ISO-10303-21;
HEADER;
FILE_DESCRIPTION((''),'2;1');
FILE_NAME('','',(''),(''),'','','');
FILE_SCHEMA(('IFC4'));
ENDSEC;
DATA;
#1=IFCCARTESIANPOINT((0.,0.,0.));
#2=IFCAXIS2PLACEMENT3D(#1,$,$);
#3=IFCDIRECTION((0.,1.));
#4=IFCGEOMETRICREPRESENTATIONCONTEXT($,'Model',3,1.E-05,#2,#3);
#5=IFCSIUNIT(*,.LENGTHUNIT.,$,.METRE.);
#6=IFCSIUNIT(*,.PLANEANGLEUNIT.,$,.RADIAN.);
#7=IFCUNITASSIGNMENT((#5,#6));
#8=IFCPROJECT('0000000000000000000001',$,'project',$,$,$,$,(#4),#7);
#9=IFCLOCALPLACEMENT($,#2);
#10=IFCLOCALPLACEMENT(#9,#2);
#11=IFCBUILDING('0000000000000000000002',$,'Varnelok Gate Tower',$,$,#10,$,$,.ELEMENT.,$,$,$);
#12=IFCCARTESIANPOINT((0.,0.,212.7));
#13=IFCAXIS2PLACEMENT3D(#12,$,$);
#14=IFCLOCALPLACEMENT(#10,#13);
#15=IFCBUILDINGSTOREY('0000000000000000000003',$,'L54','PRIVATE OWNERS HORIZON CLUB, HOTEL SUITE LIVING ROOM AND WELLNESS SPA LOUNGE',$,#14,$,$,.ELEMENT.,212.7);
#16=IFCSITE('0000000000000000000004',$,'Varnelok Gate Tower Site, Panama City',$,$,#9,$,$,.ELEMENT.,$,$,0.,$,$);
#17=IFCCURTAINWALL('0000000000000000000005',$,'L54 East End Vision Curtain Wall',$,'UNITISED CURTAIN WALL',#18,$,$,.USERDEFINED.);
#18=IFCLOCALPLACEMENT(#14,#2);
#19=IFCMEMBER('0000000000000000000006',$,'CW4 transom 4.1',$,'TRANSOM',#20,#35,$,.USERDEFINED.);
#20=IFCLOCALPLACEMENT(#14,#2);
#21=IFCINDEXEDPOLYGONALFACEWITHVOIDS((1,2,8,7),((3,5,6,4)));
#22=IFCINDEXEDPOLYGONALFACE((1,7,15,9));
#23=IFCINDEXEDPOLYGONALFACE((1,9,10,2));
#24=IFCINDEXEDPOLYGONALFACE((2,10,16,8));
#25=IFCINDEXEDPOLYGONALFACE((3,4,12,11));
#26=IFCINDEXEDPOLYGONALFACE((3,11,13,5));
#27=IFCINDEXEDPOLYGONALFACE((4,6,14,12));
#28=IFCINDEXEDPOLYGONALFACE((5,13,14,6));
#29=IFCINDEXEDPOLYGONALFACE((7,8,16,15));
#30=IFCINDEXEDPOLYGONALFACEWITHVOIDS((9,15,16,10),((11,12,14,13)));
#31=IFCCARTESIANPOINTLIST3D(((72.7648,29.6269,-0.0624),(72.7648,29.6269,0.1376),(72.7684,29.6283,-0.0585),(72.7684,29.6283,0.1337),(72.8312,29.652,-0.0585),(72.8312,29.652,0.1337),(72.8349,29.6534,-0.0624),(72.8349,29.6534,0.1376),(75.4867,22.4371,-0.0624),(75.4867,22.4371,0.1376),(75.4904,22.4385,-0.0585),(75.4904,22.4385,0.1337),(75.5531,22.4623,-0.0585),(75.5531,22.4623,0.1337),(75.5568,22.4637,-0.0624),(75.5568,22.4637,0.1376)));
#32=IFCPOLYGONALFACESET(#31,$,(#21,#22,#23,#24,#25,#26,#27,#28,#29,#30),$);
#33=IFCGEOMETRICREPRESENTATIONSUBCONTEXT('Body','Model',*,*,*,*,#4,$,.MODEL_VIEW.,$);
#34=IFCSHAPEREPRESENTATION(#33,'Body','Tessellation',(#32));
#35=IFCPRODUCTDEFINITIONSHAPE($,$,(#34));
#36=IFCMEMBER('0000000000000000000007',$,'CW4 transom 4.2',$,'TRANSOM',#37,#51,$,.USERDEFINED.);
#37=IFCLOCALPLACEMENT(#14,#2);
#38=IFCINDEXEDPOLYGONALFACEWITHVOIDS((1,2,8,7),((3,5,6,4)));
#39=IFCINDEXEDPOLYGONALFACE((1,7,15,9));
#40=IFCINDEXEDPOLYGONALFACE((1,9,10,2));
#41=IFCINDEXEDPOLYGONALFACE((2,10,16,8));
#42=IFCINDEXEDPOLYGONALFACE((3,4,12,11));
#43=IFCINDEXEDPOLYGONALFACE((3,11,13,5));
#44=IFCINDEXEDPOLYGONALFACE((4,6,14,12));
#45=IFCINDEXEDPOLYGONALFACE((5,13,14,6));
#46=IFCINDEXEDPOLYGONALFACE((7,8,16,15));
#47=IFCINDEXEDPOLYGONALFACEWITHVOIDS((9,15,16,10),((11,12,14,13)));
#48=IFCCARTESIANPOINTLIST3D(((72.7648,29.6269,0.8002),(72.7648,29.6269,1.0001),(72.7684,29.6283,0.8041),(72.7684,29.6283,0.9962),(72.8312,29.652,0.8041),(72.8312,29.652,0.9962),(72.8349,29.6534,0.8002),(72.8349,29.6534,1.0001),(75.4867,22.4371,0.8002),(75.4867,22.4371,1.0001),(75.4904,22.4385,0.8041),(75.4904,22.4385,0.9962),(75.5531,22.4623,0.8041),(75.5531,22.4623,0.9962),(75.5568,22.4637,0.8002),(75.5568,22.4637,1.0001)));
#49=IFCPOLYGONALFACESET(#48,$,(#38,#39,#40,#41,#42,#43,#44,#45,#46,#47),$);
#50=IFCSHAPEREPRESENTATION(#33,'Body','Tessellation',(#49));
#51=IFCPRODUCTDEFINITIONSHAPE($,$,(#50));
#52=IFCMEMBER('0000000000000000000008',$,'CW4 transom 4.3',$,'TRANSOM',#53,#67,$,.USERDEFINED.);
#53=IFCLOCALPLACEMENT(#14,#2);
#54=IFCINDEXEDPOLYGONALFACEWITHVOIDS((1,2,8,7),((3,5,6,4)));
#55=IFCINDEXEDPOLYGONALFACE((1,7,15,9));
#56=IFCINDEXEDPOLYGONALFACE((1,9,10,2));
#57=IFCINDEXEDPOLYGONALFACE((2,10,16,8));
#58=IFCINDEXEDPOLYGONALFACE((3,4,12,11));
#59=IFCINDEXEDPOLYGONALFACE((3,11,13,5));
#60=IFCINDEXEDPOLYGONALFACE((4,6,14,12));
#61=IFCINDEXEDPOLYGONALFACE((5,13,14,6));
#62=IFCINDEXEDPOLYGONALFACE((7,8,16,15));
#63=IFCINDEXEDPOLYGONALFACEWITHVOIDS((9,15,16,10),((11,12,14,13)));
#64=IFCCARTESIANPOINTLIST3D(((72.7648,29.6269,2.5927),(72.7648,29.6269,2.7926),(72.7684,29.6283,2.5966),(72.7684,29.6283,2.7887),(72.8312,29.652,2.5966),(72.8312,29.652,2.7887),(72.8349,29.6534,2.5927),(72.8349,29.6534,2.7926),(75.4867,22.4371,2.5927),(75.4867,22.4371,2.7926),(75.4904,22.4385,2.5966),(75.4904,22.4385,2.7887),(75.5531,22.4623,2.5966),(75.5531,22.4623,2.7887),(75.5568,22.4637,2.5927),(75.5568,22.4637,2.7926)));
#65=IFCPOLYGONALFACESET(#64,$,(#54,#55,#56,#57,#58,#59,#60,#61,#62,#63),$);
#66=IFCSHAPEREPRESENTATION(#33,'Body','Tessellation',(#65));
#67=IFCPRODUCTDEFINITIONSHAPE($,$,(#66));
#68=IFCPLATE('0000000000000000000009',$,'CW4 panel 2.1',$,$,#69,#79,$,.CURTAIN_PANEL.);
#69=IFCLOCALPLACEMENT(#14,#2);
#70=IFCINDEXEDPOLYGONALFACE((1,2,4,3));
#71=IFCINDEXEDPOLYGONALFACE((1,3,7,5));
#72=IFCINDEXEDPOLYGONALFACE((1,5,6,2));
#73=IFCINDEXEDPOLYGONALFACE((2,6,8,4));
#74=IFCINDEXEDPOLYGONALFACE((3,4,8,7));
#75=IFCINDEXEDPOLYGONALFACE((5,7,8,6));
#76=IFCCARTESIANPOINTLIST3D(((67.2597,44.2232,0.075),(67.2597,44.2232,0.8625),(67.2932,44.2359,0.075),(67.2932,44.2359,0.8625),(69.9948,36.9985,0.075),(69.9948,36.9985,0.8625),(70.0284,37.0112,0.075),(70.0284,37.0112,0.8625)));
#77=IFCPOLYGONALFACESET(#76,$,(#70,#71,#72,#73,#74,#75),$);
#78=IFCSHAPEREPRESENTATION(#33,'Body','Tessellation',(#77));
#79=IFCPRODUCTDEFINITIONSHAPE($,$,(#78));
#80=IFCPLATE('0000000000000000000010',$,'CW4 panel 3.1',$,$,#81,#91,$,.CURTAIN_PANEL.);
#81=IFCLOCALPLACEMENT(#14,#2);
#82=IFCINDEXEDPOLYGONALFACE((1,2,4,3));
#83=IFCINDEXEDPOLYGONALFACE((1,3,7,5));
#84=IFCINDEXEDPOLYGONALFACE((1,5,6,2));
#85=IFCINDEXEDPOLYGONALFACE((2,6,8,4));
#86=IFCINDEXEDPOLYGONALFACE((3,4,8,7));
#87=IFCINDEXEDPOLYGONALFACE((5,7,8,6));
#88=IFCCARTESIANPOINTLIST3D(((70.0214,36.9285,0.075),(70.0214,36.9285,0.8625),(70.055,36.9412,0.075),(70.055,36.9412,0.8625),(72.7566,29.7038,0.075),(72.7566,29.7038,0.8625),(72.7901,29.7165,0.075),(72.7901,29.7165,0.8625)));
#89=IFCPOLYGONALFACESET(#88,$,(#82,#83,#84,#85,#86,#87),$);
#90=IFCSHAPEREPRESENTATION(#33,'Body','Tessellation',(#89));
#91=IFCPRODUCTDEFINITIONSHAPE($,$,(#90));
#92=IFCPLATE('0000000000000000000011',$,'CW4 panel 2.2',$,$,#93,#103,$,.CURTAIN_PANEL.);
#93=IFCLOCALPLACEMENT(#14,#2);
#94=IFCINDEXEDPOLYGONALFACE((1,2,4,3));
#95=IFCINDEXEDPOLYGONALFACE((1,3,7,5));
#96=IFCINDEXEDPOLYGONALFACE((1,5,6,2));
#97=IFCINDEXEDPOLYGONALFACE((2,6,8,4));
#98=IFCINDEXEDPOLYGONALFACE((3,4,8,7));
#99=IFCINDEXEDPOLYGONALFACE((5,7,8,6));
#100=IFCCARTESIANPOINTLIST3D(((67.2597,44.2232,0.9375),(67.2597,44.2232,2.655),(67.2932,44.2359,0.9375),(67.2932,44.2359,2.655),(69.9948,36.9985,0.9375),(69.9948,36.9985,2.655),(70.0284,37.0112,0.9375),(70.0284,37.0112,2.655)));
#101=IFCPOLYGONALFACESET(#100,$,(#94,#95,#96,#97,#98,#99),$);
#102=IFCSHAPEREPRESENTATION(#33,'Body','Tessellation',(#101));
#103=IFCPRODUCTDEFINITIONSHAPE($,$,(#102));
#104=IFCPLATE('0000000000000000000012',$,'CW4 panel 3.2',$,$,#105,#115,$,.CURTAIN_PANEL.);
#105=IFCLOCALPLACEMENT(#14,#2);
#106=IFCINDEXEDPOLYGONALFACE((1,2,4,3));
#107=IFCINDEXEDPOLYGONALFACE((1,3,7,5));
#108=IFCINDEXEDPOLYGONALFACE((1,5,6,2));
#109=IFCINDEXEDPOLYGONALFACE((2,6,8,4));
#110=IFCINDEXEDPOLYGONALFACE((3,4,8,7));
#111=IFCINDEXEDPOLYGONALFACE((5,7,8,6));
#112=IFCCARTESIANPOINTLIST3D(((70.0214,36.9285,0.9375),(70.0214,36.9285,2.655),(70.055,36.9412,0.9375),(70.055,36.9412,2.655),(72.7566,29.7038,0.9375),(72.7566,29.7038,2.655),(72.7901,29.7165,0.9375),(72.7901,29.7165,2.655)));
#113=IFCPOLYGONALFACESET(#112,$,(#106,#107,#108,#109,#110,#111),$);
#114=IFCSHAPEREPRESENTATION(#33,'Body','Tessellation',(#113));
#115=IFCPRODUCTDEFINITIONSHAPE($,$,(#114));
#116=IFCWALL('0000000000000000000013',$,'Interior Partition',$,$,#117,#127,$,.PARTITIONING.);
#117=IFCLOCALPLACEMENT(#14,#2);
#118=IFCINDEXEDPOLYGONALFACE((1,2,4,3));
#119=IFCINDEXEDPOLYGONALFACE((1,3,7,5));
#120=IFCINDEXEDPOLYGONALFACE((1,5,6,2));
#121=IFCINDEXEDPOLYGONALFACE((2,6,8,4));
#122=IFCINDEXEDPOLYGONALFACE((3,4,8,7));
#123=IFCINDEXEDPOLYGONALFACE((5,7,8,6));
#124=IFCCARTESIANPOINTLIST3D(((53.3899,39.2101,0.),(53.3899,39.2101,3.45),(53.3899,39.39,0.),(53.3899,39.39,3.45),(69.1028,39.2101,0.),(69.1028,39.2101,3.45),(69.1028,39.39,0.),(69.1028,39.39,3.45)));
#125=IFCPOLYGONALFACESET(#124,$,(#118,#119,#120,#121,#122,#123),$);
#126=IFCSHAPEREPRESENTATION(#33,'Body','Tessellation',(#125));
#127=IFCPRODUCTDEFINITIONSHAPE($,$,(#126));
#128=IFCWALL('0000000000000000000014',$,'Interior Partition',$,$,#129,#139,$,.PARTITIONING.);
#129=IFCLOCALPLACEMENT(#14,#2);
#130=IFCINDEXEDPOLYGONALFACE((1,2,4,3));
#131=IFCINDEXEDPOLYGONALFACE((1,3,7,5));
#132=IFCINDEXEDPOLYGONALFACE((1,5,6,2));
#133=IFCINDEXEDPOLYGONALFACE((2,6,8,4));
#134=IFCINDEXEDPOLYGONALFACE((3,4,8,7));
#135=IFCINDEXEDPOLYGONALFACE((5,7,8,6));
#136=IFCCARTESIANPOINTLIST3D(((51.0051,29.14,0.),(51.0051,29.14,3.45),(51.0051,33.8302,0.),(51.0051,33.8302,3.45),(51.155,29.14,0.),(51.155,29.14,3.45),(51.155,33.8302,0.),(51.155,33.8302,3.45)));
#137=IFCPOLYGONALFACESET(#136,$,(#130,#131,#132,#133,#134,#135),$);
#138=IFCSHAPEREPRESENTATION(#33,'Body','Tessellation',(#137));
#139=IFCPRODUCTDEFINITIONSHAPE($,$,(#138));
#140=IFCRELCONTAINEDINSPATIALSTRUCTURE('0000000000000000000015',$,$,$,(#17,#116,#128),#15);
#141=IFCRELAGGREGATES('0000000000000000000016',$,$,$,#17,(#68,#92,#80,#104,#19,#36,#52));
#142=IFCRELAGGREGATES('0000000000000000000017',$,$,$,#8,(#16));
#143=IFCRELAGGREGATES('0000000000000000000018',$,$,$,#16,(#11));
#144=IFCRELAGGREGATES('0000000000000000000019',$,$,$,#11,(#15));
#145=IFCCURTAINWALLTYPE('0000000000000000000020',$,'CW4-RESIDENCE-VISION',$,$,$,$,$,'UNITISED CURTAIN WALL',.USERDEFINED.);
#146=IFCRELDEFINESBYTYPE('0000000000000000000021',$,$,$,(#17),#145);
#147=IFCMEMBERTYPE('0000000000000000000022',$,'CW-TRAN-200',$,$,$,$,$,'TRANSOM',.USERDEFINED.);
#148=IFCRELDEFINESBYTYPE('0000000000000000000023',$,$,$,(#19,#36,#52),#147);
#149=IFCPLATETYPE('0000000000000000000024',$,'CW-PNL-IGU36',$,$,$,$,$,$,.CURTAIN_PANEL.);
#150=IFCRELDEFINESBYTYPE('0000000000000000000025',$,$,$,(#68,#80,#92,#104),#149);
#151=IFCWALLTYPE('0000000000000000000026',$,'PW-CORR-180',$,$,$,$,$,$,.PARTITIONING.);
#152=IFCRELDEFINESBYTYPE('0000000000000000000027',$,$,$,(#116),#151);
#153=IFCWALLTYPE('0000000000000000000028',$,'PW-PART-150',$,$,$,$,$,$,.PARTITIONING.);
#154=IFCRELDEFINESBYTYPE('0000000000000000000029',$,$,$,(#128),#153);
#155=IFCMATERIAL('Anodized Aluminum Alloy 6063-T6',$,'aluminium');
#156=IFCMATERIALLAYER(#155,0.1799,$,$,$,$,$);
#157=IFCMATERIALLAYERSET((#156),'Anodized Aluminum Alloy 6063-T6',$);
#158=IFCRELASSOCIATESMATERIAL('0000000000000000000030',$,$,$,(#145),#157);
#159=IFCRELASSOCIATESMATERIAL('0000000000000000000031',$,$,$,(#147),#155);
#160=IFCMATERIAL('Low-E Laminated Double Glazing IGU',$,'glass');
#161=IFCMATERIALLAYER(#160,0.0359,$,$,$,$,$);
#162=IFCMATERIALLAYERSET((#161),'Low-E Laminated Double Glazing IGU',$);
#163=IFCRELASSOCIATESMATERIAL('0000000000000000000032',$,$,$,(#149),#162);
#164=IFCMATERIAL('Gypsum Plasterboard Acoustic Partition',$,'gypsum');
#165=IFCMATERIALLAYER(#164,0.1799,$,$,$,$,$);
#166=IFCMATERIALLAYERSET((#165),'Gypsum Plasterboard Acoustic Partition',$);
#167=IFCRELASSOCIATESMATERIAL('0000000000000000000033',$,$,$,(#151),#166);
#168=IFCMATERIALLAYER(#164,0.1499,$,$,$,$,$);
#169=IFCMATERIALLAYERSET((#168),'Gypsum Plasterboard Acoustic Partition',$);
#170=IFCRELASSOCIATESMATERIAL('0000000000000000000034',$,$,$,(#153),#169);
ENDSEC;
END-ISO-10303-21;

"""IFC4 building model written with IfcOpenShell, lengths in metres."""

from ifc_helpers import new_model, si_unit, direction, frame, frame_2d, origin, origin_2d, place, context, subcontext, project, spatial, rectangle, hollow_rectangle, extrude, source, transform, mapped, material, layer, layer_set, material_profile, profile_set, type_object, element, aggregate, save


model = new_model("IFC4")

# Units and contexts
model_context = context("Model", 3, precision=1e-05, world=origin(), true_north=direction((0.0, 1.0)))
body_context = subcontext(model_context, "Body", "Model", "MODEL_VIEW")
ifc_project = project(units=[si_unit("LENGTHUNIT", "METRE"), si_unit("PLANEANGLEUNIT", "RADIAN")], contexts=[model_context])

# Site, building, storey
site_placement = place(None, origin())
site = spatial("IfcSite", under=ifc_project, at=site_placement, Name="Varnelok Gate Tower Site, Panama City", CompositionType="ELEMENT", RefElevation=0.0)
building_placement = place(site_placement, origin())
building = spatial("IfcBuilding", under=site, at=building_placement, Name="Varnelok Gate Tower", CompositionType="ELEMENT")
storey_placement = place(building_placement, frame((0.0, 0.0, 212.7)))
storey = spatial("IfcBuildingStorey", under=building, at=storey_placement, Name="L54", Description="PRIVATE OWNERS HORIZON CLUB, HOTEL SUITE LIVING ROOM AND WELLNESS SPA LOUNGE", CompositionType="ELEMENT", Elevation=212.7)

# Curtain wall, members, plates
ifc_material_1 = material(Name="Anodized Aluminum Alloy 6063-T6", Category="aluminium")
ifc_layer_1 = layer(ifc_material_1, 0.1799)
ifc_layer_set_1 = layer_set([ifc_layer_1], Name="Anodized Aluminum Alloy 6063-T6")
curtain_wall_type = type_object("IfcCurtainWallType", Name="CW4-RESIDENCE-VISION", ElementType="UNITISED CURTAIN WALL", PredefinedType="USERDEFINED", material=ifc_layer_set_1)
curtain_wall_placement = place(storey_placement, origin())
curtain_wall = element("IfcCurtainWall", 1, at=curtain_wall_placement, inside=storey, type_object=curtain_wall_type, Name="L54 East End Vision Curtain Wall", ObjectType="UNITISED CURTAIN WALL", PredefinedType="USERDEFINED")
ifc_material_profile_1 = material_profile(ifc_material_1, hollow_rectangle(XDim=0.075, YDim=0.2, WallThickness=0.0039, at=origin_2d()), Name="ALU200X75X4")
ifc_profile_set_1 = profile_set([ifc_material_profile_1], Name="Anodized Aluminum Alloy 6063-T6")
member_type_1 = type_object("IfcMemberType", Name="CW-TRAN-200", ElementType="TRANSOM", PredefinedType="USERDEFINED", material=ifc_profile_set_1)
member_1_placement = place(storey_placement, frame((72.7998, 29.6401, 0.0376), z_axis=(0.354063, -0.935222, 0.0), x_axis=(0.935222, 0.354063, 0.0)))
member_1 = element("IfcMember", 2, at=member_1_placement, type_object=member_type_1, Name="CW4 transom 4.1", ObjectType="TRANSOM", PredefinedType="USERDEFINED", context=body_context, shape_type="SweptSolid", body=[
    extrude(hollow_rectangle(XDim=0.075, YDim=0.2, WallThickness=0.0039, at=origin_2d()), origin(), (0.0, 0.0, 1.0), 7.6877),
])
member_2_placement = place(storey_placement, frame((72.7998, 29.6401, 0.9001), z_axis=(0.354063, -0.935222, 0.0), x_axis=(0.935222, 0.354063, 0.0)))
member_2 = element("IfcMember", 3, at=member_2_placement, type_object=member_type_1, Name="CW4 transom 4.2", ObjectType="TRANSOM", PredefinedType="USERDEFINED", context=body_context, shape_type="SweptSolid", body=[
    extrude(hollow_rectangle(XDim=0.075, YDim=0.2, WallThickness=0.0039, at=origin_2d()), origin(), (0.0, 0.0, 1.0), 7.6877),
])
member_3_placement = place(storey_placement, frame((72.7998, 29.6401, 2.6926), z_axis=(0.354063, -0.935222, 0.0), x_axis=(0.935222, 0.354063, 0.0)))
member_3 = element("IfcMember", 4, at=member_3_placement, type_object=member_type_1, Name="CW4 transom 4.3", ObjectType="TRANSOM", PredefinedType="USERDEFINED", context=body_context, shape_type="SweptSolid", body=[
    extrude(hollow_rectangle(XDim=0.075, YDim=0.2, WallThickness=0.0039, at=origin_2d()), origin(), (0.0, 0.0, 1.0), 7.6877),
])
ifc_material_2 = material(Name="Low-E Laminated Double Glazing IGU", Category="glass")
ifc_layer_2 = layer(ifc_material_2, 0.0359)
ifc_layer_set_2 = layer_set([ifc_layer_2], Name="Low-E Laminated Double Glazing IGU")
plate_type = type_object("IfcPlateType", Name="CW-PNL-IGU36", PredefinedType="CURTAIN_PANEL", material=ifc_layer_set_2)
shared_shape_1 = source(origin(), body_context, "Body", "SweptSolid", [
    extrude(rectangle(XDim=7.7251, YDim=0.0359, at=origin_2d()), origin(), (0.0, 0.0, 1.0), 0.7876),
])
plate_1_placement = place(storey_placement, frame((68.644, 40.6172, 0.075), z_axis=(0.0, 0.0, 1.0), x_axis=(0.354063, -0.935222, 0.0)))
plate_1 = element("IfcPlate", 5, at=plate_1_placement, type_object=plate_type, Name="CW4 panel 2.1", PredefinedType="CURTAIN_PANEL", context=body_context, shape_type="MappedRepresentation", body=[
    mapped(shared_shape_1, transform((0.0, 0.0, 0.0), scale=1.0)),
])
plate_2_placement = place(storey_placement, frame((71.4058, 33.3225, 0.075), z_axis=(0.0, 0.0, 1.0), x_axis=(0.354063, -0.935222, 0.0)))
plate_2 = element("IfcPlate", 6, at=plate_2_placement, type_object=plate_type, Name="CW4 panel 3.1", PredefinedType="CURTAIN_PANEL", context=body_context, shape_type="MappedRepresentation", body=[
    mapped(shared_shape_1, transform((0.0, 0.0, 0.0), scale=1.0)),
])
shared_shape_2 = source(origin(), body_context, "Body", "SweptSolid", [
    extrude(rectangle(XDim=7.7251, YDim=0.0359, at=origin_2d()), origin(), (0.0, 0.0, 1.0), 1.7175),
])
plate_3_placement = place(storey_placement, frame((68.644, 40.6172, 0.9375), z_axis=(0.0, 0.0, 1.0), x_axis=(0.354063, -0.935222, 0.0)))
plate_3 = element("IfcPlate", 7, at=plate_3_placement, type_object=plate_type, Name="CW4 panel 2.2", PredefinedType="CURTAIN_PANEL", context=body_context, shape_type="MappedRepresentation", body=[
    mapped(shared_shape_2, transform((0.0, 0.0, 0.0), scale=1.0)),
])
plate_4_placement = place(storey_placement, frame((71.4058, 33.3225, 0.9375), z_axis=(0.0, 0.0, 1.0), x_axis=(0.354063, -0.935222, 0.0)))
plate_4 = element("IfcPlate", 8, at=plate_4_placement, type_object=plate_type, Name="CW4 panel 3.2", PredefinedType="CURTAIN_PANEL", context=body_context, shape_type="MappedRepresentation", body=[
    mapped(shared_shape_2, transform((0.0, 0.0, 0.0), scale=1.0)),
])
aggregate(curtain_wall, [plate_1, plate_3, plate_2, plate_4, member_1, member_2, member_3])

# Walls
ifc_material_3 = material(Name="Gypsum Plasterboard Acoustic Partition", Category="gypsum")
ifc_layer_3 = layer(ifc_material_3, 0.1799)
ifc_layer_set_3 = layer_set([ifc_layer_3], Name="Gypsum Plasterboard Acoustic Partition")
wall_type_1 = type_object("IfcWallType", Name="PW-CORR-180", PredefinedType="PARTITIONING", material=ifc_layer_set_3)
wall_1_placement = place(storey_placement, frame((53.3899, 39.3, 0.0), z_axis=(0.0, 0.0, 1.0), x_axis=(1.0, 0.0, 0.0)))
element("IfcWall", 9, at=wall_1_placement, inside=storey, type_object=wall_type_1, Name="Interior Partition", PredefinedType="PARTITIONING", context=body_context, shape_type="SweptSolid", body=[
    extrude(rectangle(XDim=15.7129, YDim=0.1799, at=frame_2d((7.8564, 0.0))), origin(), (0.0, 0.0, 1.0), 3.45),
])
ifc_layer_4 = layer(ifc_material_3, 0.1499)
ifc_layer_set_4 = layer_set([ifc_layer_4], Name="Gypsum Plasterboard Acoustic Partition")
wall_type_2 = type_object("IfcWallType", Name="PW-PART-150", PredefinedType="PARTITIONING", material=ifc_layer_set_4)
wall_2_placement = place(storey_placement, frame((51.0801, 29.1399, 0.0), z_axis=(0.0, 0.0, 1.0), x_axis=(0.0, 1.0, 0.0)))
element("IfcWall", 10, at=wall_2_placement, inside=storey, type_object=wall_type_2, Name="Interior Partition", PredefinedType="PARTITIONING", context=body_context, shape_type="SweptSolid", body=[
    extrude(rectangle(XDim=4.6902, YDim=0.1499, at=frame_2d((2.3452, 0.0))), origin(), (0.0, 0.0, 1.0), 3.45),
])

save(model, "model.ifc")
